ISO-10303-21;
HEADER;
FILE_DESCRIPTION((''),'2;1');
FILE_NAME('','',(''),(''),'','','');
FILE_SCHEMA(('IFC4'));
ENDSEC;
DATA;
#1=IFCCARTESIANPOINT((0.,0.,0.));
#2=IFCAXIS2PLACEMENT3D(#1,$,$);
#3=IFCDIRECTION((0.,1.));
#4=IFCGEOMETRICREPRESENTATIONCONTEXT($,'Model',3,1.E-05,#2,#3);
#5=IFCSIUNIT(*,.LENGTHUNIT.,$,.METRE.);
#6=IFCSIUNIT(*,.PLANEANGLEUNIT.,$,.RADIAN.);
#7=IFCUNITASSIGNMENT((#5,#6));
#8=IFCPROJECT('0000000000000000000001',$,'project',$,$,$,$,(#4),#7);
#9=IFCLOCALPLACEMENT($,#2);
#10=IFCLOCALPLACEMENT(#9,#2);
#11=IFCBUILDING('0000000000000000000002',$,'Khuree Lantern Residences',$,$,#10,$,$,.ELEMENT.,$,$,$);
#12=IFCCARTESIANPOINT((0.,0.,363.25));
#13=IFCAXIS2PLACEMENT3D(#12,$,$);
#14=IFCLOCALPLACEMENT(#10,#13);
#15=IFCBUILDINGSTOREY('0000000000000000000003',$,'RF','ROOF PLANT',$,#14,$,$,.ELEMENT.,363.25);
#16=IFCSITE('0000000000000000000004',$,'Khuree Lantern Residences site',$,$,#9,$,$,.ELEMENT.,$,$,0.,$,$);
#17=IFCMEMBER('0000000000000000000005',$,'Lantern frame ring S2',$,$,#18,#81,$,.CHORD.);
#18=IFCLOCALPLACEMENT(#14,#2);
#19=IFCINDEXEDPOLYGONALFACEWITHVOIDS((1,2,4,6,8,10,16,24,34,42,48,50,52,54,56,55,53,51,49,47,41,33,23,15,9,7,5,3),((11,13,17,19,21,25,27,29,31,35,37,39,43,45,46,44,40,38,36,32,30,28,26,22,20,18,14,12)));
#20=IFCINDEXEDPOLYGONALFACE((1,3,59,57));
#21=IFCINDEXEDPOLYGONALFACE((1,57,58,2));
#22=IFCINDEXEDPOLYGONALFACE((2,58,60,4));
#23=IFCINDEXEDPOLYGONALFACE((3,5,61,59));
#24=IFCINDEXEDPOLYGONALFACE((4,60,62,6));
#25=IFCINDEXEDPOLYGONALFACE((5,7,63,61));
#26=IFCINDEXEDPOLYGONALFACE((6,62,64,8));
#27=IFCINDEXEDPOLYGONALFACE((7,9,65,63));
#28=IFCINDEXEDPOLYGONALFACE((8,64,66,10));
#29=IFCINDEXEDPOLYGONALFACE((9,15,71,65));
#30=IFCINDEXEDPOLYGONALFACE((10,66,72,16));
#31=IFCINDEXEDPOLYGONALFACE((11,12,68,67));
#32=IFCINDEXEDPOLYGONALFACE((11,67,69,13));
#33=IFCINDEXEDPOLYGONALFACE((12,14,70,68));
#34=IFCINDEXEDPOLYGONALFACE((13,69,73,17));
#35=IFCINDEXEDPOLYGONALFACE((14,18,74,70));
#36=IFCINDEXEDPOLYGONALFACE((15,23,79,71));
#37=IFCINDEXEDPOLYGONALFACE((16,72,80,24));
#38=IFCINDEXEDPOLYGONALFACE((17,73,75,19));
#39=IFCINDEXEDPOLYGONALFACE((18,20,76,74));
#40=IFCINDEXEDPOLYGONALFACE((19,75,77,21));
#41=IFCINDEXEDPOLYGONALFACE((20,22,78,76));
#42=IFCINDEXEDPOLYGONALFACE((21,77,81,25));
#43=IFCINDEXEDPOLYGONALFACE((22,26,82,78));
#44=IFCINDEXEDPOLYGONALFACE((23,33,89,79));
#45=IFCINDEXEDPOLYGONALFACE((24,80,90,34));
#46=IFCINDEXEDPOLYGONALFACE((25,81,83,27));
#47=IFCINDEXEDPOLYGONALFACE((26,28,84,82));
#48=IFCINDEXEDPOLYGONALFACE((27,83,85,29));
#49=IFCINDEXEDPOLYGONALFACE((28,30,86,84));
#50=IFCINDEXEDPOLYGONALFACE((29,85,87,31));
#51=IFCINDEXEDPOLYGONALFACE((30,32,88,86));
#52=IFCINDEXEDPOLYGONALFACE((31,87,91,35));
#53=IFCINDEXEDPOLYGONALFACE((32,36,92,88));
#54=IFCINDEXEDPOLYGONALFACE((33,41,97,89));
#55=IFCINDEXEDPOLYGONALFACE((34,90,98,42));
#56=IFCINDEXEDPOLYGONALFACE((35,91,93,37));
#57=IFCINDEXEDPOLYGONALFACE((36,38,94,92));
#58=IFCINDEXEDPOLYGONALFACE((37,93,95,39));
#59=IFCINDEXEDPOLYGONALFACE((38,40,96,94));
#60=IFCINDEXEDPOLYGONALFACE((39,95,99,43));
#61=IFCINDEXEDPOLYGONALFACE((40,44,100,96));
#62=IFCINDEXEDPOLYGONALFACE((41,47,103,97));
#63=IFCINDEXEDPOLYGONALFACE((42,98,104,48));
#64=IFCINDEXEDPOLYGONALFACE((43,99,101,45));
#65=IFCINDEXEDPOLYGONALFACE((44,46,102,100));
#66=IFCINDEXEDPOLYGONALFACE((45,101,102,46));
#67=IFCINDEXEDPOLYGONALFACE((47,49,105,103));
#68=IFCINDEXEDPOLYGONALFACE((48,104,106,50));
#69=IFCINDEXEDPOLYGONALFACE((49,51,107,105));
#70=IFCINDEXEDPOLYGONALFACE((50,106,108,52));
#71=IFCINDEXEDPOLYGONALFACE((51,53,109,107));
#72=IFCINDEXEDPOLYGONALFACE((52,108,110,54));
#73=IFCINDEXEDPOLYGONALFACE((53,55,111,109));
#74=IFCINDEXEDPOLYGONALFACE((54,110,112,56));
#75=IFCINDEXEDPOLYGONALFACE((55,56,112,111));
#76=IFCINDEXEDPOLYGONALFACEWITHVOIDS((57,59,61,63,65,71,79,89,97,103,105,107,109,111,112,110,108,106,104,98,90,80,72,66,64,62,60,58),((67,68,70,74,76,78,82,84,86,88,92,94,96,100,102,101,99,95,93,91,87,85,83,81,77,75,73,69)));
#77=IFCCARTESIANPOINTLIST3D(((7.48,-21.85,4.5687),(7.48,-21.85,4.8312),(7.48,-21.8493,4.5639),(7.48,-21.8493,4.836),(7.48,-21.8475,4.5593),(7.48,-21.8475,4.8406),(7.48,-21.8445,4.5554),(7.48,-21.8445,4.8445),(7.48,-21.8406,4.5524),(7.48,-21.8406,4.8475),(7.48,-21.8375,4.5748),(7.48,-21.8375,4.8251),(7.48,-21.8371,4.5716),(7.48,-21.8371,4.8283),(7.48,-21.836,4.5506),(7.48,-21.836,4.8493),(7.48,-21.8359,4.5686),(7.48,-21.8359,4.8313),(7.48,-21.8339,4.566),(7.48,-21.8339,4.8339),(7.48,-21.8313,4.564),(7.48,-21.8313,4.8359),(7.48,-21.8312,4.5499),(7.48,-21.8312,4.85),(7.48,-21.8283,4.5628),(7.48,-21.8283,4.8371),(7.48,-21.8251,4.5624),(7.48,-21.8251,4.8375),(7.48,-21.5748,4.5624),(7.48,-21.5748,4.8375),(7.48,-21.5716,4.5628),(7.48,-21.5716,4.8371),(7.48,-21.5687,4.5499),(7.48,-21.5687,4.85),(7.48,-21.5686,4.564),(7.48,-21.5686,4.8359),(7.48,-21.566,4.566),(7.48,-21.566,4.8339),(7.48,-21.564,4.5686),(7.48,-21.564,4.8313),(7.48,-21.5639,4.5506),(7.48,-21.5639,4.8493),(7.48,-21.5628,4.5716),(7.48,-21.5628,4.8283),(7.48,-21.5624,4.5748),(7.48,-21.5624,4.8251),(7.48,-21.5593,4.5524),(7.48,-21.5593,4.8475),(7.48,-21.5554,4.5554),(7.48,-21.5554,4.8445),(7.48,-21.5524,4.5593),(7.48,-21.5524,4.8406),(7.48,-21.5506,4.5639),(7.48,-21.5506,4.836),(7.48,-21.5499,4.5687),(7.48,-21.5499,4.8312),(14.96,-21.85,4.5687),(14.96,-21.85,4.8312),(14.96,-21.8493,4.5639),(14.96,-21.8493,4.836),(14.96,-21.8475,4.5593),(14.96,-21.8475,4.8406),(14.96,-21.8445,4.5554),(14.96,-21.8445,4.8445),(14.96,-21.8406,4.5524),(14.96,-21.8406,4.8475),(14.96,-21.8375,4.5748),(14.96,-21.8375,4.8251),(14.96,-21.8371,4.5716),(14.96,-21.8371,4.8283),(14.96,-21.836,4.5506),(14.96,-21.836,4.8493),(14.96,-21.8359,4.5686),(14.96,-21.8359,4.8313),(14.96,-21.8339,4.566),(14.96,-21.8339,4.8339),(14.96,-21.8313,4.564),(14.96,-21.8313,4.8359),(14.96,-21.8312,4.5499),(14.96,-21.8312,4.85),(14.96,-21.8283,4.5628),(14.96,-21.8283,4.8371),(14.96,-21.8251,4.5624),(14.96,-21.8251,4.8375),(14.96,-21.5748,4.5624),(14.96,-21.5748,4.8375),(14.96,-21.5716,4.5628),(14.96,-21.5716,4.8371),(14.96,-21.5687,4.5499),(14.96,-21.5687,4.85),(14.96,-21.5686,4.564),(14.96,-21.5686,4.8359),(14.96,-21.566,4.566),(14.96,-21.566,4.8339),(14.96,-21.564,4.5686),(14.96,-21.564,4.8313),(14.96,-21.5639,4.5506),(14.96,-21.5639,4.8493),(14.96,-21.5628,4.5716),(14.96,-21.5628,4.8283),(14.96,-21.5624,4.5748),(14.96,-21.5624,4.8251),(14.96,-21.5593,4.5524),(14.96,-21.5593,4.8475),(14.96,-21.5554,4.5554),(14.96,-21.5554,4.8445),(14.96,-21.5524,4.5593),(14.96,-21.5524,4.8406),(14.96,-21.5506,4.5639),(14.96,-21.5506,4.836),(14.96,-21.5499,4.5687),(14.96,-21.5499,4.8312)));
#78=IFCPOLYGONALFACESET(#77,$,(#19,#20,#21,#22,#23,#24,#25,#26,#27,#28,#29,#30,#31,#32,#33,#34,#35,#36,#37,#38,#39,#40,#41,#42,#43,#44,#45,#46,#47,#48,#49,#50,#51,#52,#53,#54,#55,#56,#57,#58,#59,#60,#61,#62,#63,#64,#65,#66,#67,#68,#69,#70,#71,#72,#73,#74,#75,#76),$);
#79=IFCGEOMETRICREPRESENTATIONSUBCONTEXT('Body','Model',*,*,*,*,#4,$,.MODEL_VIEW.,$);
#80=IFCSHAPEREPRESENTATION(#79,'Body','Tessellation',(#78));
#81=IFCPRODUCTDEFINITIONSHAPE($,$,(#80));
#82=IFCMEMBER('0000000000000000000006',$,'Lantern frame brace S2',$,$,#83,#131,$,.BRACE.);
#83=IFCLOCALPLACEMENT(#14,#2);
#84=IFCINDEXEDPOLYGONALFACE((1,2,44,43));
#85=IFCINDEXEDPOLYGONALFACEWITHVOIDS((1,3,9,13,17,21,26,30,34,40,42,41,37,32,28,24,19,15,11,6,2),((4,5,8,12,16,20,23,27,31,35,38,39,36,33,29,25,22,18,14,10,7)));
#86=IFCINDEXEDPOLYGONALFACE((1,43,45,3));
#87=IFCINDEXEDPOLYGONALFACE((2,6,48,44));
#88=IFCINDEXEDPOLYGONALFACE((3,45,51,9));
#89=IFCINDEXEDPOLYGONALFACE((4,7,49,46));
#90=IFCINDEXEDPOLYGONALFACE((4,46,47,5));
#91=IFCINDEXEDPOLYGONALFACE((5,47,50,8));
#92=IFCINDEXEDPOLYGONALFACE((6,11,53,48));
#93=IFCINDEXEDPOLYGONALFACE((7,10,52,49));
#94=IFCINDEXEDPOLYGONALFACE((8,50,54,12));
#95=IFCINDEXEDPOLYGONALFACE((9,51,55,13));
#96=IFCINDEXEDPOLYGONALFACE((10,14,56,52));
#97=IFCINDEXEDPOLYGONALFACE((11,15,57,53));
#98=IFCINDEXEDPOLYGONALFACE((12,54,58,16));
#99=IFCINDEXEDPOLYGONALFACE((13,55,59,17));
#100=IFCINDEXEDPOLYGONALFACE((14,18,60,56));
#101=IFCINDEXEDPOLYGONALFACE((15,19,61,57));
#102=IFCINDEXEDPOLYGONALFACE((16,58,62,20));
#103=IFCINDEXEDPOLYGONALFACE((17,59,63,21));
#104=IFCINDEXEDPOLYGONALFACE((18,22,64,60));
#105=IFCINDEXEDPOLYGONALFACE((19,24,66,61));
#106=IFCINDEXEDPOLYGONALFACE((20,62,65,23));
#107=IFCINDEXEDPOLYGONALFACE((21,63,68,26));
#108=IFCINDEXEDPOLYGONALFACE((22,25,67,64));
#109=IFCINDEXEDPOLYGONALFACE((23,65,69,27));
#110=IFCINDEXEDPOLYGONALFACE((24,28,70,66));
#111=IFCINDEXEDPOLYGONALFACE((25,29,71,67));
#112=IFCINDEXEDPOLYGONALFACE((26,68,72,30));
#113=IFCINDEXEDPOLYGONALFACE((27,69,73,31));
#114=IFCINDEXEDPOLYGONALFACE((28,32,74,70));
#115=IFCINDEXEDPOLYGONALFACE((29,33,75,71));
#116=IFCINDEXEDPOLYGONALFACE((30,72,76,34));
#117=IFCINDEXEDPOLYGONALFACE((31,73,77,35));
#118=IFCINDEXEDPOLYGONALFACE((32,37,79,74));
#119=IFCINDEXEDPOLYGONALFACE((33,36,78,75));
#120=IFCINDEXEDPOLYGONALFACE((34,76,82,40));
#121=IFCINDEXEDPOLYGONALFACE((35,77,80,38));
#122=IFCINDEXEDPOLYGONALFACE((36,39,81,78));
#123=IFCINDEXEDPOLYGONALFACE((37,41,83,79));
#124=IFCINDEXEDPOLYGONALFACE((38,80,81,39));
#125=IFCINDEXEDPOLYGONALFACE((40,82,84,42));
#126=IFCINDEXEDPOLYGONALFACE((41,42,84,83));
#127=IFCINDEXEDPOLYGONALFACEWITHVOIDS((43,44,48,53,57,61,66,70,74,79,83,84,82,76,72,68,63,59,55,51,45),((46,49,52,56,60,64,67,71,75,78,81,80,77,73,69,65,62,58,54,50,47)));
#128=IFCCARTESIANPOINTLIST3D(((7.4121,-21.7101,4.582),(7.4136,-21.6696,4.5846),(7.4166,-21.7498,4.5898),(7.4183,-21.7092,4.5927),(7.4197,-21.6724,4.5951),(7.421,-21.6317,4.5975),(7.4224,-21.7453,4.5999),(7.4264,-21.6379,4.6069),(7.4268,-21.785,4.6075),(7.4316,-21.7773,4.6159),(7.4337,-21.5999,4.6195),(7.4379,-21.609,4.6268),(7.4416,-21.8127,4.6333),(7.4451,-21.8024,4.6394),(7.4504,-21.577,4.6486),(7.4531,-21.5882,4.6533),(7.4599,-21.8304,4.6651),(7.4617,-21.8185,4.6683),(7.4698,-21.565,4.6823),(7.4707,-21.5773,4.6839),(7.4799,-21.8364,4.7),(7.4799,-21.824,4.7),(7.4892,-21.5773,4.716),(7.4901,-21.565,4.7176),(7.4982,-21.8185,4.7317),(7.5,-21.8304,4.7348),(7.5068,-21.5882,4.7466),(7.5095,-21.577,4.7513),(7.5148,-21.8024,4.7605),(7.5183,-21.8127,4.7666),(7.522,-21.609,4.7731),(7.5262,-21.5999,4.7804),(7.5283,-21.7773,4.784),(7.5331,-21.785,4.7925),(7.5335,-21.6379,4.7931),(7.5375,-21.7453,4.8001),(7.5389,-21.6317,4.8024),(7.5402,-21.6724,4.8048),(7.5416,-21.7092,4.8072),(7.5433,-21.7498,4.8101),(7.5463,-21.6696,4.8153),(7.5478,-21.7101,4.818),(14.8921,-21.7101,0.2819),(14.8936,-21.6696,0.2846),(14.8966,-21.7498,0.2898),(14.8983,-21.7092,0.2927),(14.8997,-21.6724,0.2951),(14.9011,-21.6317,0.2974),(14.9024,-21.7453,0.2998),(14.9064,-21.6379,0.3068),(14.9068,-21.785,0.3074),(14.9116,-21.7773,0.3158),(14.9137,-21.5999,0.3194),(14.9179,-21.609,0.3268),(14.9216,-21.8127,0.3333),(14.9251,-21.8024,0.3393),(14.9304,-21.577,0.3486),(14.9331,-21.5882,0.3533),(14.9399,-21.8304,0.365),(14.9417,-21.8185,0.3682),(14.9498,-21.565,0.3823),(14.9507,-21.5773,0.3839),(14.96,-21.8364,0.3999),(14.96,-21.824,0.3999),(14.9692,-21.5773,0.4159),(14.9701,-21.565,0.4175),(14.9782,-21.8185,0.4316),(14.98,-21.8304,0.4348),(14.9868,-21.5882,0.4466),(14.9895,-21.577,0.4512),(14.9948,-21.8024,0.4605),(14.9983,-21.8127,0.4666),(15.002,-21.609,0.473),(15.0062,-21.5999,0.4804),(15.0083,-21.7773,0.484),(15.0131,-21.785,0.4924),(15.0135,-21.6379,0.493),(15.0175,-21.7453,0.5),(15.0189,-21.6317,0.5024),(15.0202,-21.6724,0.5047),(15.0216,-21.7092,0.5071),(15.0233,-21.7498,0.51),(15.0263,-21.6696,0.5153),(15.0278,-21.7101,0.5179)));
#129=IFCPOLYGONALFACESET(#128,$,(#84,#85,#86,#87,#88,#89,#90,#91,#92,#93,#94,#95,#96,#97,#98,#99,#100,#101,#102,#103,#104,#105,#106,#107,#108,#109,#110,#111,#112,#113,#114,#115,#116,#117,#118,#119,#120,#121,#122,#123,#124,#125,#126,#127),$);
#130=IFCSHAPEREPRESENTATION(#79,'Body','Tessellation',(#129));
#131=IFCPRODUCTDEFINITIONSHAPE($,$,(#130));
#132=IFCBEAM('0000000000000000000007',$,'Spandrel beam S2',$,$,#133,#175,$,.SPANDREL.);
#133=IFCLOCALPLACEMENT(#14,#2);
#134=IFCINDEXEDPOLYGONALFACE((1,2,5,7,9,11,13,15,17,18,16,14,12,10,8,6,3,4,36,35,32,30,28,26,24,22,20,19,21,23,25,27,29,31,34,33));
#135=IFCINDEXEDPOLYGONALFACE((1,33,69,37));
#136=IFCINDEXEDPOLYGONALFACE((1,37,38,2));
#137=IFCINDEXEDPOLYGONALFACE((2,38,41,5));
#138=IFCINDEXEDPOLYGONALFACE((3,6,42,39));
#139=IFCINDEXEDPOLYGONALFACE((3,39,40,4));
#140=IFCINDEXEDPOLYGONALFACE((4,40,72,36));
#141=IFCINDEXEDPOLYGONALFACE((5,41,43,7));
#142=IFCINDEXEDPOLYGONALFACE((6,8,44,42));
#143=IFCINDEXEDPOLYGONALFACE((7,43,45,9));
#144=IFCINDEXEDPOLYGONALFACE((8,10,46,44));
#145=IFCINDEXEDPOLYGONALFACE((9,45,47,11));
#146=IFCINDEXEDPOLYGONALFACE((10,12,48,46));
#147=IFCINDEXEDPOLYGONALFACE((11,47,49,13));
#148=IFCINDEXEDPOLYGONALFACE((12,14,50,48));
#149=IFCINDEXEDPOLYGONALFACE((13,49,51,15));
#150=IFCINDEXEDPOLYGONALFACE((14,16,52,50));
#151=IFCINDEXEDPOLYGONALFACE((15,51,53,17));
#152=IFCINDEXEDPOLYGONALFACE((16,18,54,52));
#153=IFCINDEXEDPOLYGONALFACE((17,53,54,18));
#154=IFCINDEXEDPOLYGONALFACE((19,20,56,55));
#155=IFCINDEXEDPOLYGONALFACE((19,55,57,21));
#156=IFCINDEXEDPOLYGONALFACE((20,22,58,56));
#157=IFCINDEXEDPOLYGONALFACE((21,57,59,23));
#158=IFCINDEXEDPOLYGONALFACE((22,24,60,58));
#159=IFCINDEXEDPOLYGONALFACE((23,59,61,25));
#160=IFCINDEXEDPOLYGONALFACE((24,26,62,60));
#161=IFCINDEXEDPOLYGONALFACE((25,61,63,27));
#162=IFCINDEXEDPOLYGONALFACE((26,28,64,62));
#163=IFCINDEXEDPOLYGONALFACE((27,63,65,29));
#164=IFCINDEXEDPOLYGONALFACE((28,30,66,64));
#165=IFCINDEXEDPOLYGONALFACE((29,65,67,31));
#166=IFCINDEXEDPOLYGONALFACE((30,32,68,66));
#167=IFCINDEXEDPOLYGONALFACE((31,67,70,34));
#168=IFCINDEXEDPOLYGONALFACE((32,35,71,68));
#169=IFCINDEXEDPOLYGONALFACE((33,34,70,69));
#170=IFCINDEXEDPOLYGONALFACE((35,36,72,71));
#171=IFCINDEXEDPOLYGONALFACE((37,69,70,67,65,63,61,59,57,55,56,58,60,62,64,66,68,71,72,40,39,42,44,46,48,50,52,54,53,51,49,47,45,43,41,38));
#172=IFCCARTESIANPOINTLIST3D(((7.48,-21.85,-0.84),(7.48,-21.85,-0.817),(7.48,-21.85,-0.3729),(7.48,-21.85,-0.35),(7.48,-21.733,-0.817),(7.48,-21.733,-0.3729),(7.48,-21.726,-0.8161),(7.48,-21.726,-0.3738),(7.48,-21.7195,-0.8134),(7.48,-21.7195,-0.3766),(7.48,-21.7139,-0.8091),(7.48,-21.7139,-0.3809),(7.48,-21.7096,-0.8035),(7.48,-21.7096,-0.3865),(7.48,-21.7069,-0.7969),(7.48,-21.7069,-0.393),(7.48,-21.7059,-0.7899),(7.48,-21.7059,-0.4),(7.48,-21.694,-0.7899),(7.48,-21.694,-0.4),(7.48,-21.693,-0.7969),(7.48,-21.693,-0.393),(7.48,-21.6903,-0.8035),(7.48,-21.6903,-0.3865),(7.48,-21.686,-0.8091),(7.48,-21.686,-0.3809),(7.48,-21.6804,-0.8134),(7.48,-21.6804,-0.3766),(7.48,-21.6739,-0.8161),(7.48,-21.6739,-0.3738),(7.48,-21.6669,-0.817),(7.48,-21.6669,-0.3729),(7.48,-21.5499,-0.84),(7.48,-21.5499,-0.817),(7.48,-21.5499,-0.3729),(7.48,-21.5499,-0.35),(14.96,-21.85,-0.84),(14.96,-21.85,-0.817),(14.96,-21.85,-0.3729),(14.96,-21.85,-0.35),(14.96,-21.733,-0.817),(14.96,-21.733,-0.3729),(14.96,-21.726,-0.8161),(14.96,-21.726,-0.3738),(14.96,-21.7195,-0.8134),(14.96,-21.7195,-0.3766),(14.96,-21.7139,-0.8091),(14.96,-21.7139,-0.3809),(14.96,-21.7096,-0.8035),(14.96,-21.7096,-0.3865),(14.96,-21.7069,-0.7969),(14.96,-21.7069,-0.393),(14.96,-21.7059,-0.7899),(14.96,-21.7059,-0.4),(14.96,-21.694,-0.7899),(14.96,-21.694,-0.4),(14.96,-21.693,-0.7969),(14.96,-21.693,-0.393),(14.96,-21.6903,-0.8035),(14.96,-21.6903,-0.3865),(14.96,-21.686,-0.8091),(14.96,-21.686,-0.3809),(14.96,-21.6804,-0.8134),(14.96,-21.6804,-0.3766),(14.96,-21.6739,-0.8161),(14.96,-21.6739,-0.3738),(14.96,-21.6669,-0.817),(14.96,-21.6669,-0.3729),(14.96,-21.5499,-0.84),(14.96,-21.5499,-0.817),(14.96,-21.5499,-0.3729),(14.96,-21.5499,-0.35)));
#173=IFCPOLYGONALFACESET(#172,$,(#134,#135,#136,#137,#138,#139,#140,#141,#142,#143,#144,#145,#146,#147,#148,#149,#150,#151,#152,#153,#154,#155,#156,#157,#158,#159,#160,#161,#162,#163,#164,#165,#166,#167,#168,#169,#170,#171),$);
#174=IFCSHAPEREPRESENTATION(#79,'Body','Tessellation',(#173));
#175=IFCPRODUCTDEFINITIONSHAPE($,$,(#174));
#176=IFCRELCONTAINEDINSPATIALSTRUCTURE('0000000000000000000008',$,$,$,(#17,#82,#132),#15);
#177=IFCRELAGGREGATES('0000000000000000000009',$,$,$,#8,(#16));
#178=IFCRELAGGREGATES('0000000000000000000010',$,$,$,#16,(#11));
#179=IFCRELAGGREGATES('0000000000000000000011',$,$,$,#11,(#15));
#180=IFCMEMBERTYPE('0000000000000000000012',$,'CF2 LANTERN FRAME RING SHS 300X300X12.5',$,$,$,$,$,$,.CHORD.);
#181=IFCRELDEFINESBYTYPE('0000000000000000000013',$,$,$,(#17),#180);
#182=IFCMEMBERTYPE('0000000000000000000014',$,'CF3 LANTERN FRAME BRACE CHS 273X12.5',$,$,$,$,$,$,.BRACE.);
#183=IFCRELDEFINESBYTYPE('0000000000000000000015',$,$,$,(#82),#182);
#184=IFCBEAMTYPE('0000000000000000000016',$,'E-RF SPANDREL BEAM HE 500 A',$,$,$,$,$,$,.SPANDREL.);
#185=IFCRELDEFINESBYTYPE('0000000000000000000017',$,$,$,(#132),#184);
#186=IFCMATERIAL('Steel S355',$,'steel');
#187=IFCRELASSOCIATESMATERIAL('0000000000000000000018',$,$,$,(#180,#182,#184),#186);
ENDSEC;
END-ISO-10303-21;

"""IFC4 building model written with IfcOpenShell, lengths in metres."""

from ifc_helpers import new_model, si_unit, direction, frame, origin, origin_2d, place, context, subcontext, project, spatial, hollow_rectangle, hollow_circle, i_section, extrude, material, material_profile, profile_set, type_object, element, save


model = new_model("IFC4")

# Units and contexts
model_context = context("Model", 3, precision=1e-05, world=origin(), true_north=direction((0.0, 1.0)))
body_context = subcontext(model_context, "Body", "Model", "MODEL_VIEW")
ifc_project = project(units=[si_unit("LENGTHUNIT", "METRE"), si_unit("PLANEANGLEUNIT", "RADIAN")], contexts=[model_context])

# Site, building, storey
site_placement = place(None, origin())
site = spatial("IfcSite", under=ifc_project, at=site_placement, Name="Khuree Lantern Residences site", CompositionType="ELEMENT", RefElevation=0.0)
building_placement = place(site_placement, origin())
building = spatial("IfcBuilding", under=site, at=building_placement, Name="Khuree Lantern Residences", CompositionType="ELEMENT")
storey_placement = place(building_placement, frame((0.0, 0.0, 363.25)))
storey = spatial("IfcBuildingStorey", under=building, at=storey_placement, Name="RF", Description="ROOF PLANT", CompositionType="ELEMENT", Elevation=363.25)

# Shared definitions
ifc_material_1 = material(Name="Steel S355", Category="steel")

# Members
ifc_material_profile_1 = material_profile(ifc_material_1, hollow_rectangle(XDim=0.3, YDim=0.3, WallThickness=0.0125, InnerFilletRadius=0.0125, OuterFilletRadius=0.0188, at=origin_2d()), Name="SHS 300X300X12.5")
ifc_profile_set_1 = profile_set([ifc_material_profile_1], Name="Steel S355")
member_type_1 = type_object("IfcMemberType", Name="CF2 LANTERN FRAME RING SHS 300X300X12.5", PredefinedType="CHORD", material=ifc_profile_set_1)
member_1_placement = place(storey_placement, frame((14.96, -21.7, 4.7), z_axis=(-1.0, 0.0, 0.0), x_axis=(0.0, -1.0, 0.0)))
element("IfcMember", 1, at=member_1_placement, inside=storey, type_object=member_type_1, Name="Lantern frame ring S2", PredefinedType="CHORD", context=body_context, shape_type="SweptSolid", body=[
    extrude(hollow_rectangle(XDim=0.3, YDim=0.3, WallThickness=0.0125, InnerFilletRadius=0.0125, OuterFilletRadius=0.0188, at=origin_2d()), origin(), (0.0, 0.0, 1.0), 7.48),
])
ifc_material_profile_2 = material_profile(ifc_material_1, hollow_circle(Radius=0.1365, WallThickness=0.0125, at=origin_2d()), Name="CHS 273X12.5")
ifc_profile_set_2 = profile_set([ifc_material_profile_2], Name="Steel S355")
member_type_2 = type_object("IfcMemberType", Name="CF3 LANTERN FRAME BRACE CHS 273X12.5", PredefinedType="BRACE", material=ifc_profile_set_2)
member_2_placement = place(storey_placement, frame((14.96, -21.7, 0.3999), z_axis=(-0.866953, 0.0, 0.498389), x_axis=(0.0, -1.0, 0.0)))
element("IfcMember", 2, at=member_2_placement, inside=storey, type_object=member_type_2, Name="Lantern frame brace S2", PredefinedType="BRACE", context=body_context, shape_type="SweptSolid", body=[
    extrude(hollow_circle(Radius=0.1365, WallThickness=0.0125, at=origin_2d()), origin(), (0.0, 0.0, 1.0), 8.6279),
])

# Beam
ifc_material_profile_3 = material_profile(ifc_material_1, i_section(OverallWidth=0.3, OverallDepth=0.49, WebThickness=0.012, FlangeThickness=0.0229, FilletRadius=0.0271, at=origin_2d()), Name="HE 500 A")
ifc_profile_set_3 = profile_set([ifc_material_profile_3], Name="Steel S355")
beam_type_1 = type_object("IfcBeamType", Name="E-RF SPANDREL BEAM HE 500 A", PredefinedType="SPANDREL", material=ifc_profile_set_3)
beam_1_placement = place(storey_placement, frame((14.96, -21.7, -0.595), z_axis=(-1.0, 0.0, 0.0), x_axis=(0.0, -1.0, 0.0)))
element("IfcBeam", 3, at=beam_1_placement, inside=storey, type_object=beam_type_1, Name="Spandrel beam S2", PredefinedType="SPANDREL", context=body_context, shape_type="SweptSolid", body=[
    extrude(i_section(OverallWidth=0.3, OverallDepth=0.49, WebThickness=0.012, FlangeThickness=0.0229, FilletRadius=0.0271, at=origin_2d()), origin(), (0.0, 0.0, 1.0), 7.48),
])

save(model, "model.ifc")
